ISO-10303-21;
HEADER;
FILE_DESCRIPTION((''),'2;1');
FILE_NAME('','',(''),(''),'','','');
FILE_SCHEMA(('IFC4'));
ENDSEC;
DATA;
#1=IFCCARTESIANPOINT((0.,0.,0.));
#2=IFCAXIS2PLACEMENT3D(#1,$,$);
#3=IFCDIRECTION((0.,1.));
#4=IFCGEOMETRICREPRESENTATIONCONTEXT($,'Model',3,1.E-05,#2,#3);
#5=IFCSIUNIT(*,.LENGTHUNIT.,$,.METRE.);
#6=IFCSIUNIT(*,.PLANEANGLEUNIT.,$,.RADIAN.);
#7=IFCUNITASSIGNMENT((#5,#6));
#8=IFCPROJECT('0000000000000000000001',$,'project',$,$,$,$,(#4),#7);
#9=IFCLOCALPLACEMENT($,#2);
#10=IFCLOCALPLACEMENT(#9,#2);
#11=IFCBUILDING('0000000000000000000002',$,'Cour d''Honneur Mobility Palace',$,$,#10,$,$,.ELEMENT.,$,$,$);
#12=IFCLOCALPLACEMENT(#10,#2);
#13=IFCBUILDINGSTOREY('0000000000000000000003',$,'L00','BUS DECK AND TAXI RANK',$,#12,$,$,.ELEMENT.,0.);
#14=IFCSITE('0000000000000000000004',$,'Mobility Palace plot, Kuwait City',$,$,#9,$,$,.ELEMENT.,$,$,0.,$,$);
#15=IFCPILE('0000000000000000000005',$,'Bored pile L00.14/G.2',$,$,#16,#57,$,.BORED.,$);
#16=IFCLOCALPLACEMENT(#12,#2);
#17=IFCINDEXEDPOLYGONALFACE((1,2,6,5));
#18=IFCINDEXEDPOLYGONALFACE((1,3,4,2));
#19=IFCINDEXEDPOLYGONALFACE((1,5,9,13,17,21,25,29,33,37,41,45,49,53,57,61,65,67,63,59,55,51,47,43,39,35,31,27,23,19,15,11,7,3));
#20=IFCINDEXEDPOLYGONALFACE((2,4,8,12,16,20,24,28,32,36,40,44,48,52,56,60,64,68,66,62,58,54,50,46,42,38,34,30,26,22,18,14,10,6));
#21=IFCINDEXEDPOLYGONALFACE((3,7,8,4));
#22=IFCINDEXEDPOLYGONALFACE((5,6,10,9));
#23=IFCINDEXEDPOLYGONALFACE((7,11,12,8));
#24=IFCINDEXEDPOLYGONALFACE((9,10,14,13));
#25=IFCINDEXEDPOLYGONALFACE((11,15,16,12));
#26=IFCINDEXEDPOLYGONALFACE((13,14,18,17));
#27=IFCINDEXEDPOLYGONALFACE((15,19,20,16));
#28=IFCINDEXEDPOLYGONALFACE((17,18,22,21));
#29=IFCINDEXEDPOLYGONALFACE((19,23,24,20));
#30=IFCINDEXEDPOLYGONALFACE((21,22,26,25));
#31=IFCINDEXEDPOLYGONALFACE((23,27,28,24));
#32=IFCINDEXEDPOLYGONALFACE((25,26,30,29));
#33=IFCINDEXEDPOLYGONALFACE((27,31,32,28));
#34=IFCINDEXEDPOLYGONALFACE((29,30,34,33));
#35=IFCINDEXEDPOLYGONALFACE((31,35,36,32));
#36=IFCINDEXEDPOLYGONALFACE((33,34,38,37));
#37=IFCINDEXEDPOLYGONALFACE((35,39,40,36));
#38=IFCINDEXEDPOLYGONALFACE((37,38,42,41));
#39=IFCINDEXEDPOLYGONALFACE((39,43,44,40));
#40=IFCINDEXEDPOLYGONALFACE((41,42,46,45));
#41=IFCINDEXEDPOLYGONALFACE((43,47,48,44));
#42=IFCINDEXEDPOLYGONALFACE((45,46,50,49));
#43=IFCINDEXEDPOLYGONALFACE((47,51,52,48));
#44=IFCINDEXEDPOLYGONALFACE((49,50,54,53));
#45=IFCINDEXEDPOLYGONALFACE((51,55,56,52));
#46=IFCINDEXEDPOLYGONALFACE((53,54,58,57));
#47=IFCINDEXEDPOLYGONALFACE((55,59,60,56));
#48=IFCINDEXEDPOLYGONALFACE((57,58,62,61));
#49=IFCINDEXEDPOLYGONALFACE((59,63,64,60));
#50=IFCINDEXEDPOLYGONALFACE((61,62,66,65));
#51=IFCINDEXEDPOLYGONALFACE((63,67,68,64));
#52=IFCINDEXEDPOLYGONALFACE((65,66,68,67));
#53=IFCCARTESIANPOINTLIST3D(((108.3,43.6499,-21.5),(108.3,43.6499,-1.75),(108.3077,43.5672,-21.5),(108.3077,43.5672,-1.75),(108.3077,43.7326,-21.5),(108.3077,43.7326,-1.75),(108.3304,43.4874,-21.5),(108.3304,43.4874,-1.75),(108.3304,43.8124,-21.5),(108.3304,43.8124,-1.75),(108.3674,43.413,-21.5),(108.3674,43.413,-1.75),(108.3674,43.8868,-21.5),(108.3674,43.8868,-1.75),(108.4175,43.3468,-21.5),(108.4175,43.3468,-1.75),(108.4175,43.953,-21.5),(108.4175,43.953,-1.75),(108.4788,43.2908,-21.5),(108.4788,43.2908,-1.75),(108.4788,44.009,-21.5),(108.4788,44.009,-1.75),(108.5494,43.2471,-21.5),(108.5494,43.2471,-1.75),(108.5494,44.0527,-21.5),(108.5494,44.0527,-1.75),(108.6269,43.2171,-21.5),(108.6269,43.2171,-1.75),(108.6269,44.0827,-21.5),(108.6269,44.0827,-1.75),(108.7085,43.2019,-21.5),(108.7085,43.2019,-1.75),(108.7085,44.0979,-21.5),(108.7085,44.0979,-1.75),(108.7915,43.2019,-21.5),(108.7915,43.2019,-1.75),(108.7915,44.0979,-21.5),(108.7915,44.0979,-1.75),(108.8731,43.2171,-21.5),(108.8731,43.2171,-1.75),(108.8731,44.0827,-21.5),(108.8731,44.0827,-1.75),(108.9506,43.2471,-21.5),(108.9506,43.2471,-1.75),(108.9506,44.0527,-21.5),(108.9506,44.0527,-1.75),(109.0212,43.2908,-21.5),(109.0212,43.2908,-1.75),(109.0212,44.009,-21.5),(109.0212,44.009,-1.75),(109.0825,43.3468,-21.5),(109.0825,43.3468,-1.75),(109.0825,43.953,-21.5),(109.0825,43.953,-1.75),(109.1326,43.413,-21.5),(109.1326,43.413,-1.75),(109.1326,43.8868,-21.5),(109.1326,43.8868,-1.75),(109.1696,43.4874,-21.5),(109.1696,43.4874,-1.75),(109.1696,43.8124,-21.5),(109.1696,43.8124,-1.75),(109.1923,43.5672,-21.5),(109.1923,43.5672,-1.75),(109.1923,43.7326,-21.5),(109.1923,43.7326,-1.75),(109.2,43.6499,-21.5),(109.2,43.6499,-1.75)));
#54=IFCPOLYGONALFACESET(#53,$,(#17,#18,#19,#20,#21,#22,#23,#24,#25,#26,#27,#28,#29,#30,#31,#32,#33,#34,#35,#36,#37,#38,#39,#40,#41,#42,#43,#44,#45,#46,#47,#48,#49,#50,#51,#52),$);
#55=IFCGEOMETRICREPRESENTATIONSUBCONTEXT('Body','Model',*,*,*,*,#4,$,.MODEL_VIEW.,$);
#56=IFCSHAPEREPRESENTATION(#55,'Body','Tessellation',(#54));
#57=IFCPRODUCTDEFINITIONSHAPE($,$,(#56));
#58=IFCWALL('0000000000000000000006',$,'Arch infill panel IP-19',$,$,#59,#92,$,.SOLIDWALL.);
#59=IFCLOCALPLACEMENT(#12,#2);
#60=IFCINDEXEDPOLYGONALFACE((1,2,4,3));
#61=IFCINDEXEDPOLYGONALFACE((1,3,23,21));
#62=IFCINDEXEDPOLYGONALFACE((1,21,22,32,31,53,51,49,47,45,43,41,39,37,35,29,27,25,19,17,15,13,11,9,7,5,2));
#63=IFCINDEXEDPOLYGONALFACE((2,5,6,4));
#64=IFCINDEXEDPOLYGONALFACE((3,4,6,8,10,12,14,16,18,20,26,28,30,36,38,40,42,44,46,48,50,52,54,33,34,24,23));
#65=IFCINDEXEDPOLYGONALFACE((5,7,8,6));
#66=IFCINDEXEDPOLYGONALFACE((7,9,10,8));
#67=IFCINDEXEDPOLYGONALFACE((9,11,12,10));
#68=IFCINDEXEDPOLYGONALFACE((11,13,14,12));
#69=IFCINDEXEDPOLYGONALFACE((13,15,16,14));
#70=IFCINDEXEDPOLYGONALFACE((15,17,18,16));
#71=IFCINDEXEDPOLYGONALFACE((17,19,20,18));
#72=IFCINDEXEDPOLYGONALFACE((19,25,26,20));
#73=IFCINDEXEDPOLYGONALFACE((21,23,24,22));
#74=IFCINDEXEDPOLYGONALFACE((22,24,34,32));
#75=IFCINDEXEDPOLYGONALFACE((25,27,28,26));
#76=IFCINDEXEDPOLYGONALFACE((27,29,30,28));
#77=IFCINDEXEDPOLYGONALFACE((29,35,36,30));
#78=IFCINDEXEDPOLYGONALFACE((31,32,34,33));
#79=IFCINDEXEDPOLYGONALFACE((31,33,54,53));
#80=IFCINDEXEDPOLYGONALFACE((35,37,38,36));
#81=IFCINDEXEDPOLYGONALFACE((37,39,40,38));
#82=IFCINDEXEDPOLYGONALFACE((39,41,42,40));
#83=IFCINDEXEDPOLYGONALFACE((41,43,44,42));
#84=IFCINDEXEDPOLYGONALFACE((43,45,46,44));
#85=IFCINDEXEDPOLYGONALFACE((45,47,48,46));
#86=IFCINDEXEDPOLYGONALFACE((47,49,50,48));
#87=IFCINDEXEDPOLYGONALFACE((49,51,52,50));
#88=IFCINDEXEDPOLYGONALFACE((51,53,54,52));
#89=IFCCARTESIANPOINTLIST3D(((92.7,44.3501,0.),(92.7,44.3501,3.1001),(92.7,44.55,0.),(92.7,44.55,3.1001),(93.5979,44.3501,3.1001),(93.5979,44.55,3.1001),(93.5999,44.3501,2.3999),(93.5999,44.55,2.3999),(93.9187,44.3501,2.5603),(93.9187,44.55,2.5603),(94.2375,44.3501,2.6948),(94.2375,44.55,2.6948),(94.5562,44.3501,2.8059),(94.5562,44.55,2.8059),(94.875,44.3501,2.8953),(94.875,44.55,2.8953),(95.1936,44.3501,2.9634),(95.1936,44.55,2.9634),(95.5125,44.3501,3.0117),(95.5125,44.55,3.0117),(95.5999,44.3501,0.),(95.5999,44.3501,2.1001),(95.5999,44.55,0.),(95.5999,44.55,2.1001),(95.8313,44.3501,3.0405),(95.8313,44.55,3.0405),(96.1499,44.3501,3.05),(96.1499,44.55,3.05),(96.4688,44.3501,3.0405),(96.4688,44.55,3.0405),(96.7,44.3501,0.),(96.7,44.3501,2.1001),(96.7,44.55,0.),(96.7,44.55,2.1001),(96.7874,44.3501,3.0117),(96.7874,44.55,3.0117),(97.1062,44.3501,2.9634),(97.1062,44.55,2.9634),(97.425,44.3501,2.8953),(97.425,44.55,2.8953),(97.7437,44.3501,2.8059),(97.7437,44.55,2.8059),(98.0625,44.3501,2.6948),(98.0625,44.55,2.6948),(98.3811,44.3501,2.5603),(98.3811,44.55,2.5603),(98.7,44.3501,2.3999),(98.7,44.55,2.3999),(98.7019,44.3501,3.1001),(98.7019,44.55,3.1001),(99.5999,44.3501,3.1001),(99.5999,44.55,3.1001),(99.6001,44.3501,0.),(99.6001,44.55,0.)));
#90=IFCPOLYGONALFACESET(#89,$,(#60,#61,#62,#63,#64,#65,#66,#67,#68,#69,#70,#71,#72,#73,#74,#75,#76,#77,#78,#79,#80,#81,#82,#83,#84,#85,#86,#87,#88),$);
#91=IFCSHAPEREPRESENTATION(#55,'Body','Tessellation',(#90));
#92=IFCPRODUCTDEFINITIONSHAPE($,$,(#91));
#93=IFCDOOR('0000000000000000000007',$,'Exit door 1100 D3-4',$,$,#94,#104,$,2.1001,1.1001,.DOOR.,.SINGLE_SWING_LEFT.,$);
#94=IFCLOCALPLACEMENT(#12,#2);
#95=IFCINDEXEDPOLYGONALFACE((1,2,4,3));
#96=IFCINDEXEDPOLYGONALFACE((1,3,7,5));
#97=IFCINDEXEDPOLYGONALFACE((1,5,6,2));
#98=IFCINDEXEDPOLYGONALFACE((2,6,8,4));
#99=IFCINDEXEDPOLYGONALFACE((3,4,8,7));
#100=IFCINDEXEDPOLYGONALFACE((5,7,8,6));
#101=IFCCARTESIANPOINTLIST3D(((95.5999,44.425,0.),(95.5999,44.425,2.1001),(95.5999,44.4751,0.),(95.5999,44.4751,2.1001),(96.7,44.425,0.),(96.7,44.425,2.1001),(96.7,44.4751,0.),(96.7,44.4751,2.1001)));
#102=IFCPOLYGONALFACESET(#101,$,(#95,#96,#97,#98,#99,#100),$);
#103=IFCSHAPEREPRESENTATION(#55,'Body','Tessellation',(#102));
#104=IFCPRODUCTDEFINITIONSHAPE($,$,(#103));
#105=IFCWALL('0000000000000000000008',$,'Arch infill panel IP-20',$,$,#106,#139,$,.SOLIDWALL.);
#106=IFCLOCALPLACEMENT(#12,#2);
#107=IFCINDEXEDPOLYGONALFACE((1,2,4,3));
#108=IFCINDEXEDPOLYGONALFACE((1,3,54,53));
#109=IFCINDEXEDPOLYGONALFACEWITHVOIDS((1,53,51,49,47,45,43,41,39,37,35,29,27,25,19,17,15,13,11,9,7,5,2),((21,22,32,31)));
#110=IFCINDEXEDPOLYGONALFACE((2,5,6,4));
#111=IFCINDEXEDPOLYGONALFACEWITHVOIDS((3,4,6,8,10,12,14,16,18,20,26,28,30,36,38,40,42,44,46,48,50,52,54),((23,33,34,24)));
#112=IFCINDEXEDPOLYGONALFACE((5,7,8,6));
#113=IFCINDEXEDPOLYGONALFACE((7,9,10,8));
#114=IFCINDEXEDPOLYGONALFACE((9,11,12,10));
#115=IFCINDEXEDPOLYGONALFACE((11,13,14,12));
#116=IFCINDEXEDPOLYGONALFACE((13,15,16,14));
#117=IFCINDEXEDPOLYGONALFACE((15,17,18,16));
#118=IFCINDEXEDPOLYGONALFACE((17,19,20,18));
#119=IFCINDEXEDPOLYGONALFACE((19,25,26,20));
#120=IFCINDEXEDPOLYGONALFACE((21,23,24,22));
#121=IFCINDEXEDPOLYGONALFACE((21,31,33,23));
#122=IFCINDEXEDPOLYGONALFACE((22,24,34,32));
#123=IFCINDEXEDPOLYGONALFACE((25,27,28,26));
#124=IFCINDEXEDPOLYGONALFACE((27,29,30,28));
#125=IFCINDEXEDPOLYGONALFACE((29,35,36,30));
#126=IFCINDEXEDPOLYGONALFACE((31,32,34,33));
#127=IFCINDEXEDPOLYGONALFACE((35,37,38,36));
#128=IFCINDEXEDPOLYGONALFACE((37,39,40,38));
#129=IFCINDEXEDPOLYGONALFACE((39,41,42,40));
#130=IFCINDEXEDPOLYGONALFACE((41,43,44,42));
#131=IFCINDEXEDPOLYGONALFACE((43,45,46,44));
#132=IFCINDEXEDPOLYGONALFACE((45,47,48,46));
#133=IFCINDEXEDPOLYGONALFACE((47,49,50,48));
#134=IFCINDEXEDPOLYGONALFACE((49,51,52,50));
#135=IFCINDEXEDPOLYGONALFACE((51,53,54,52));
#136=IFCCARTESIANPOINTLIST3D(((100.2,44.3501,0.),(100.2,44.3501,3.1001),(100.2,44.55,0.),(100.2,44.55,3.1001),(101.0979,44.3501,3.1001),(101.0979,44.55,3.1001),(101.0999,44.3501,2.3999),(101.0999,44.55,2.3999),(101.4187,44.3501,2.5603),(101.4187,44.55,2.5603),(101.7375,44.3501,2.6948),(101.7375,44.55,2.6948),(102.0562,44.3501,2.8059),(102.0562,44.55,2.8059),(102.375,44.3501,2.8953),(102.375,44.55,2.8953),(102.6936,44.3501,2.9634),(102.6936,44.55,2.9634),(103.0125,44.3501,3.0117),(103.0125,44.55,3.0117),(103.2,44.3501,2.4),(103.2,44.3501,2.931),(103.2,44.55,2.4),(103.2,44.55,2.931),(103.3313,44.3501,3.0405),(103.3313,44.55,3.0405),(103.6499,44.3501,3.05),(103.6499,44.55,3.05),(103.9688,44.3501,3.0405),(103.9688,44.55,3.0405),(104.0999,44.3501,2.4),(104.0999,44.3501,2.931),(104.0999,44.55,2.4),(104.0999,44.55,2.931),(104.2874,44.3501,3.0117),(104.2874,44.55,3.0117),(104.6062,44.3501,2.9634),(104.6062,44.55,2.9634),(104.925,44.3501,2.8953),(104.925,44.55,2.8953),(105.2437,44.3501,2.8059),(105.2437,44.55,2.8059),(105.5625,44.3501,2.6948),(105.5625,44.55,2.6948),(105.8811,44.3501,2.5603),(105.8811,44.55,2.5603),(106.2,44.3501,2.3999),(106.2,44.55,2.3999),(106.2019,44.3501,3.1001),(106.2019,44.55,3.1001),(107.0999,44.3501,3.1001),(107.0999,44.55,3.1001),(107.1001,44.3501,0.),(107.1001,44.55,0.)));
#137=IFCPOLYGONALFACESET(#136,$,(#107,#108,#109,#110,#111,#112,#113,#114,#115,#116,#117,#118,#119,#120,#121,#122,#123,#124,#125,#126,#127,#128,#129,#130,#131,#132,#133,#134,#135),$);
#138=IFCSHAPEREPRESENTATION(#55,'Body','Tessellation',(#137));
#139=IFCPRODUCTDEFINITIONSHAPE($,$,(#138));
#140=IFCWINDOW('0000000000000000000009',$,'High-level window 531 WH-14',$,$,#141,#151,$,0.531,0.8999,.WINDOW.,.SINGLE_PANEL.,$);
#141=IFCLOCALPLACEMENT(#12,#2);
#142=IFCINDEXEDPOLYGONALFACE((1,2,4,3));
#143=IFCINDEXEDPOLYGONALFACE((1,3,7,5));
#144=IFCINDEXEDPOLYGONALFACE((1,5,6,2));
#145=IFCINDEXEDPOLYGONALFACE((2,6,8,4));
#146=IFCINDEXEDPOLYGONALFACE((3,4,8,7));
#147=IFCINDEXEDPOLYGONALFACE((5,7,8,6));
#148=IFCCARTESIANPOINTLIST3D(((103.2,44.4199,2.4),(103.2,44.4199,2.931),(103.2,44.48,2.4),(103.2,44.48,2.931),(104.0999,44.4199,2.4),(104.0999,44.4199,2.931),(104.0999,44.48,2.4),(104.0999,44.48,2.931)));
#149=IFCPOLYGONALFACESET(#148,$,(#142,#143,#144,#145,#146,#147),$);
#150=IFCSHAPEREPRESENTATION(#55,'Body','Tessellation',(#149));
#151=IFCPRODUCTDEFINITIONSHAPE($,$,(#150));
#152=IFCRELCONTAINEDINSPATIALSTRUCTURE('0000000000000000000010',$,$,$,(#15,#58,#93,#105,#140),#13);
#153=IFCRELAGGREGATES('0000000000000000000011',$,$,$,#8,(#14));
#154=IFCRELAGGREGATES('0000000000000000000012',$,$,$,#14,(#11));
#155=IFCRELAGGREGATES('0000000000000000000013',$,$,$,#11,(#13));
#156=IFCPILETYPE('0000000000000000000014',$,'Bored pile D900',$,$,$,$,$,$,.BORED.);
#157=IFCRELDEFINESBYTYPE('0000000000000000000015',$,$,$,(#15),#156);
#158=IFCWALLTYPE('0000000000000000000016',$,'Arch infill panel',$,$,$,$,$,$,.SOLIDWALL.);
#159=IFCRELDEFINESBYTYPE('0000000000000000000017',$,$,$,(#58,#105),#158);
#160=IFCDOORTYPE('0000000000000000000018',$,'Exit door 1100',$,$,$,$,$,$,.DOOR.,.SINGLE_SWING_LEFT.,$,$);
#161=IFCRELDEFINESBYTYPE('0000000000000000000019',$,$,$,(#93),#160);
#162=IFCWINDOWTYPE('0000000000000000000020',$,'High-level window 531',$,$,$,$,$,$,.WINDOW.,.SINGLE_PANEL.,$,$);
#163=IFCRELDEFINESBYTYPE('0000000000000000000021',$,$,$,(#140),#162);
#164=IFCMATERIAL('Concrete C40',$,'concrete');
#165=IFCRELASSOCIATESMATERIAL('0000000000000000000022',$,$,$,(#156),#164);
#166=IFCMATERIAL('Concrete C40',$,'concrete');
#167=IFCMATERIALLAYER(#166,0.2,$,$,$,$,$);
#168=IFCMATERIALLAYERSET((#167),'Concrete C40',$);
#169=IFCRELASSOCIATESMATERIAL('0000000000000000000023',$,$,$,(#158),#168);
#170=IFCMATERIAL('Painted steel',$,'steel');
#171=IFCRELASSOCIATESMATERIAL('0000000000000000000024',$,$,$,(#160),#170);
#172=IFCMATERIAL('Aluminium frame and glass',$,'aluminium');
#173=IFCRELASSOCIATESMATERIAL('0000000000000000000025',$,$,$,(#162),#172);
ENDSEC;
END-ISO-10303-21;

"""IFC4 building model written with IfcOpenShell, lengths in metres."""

from ifc_helpers import new_model, si_unit, direction, frame, frame_2d, origin, origin_2d, place, context, subcontext, project, spatial, polyline, rectangle, circle, outline, extrude, material, layer, layer_set, material_profile, profile_set, type_object, element, fill, save


model = new_model("IFC4")

# Units and contexts
model_context = context("Model", 3, precision=1e-05, world=origin(), true_north=direction((0.0, 1.0)))
body_context = subcontext(model_context, "Body", "Model", "MODEL_VIEW")
ifc_project = project(units=[si_unit("LENGTHUNIT", "METRE"), si_unit("PLANEANGLEUNIT", "RADIAN")], contexts=[model_context])

# Site, building, storey
site_placement = place(None, origin())
site = spatial("IfcSite", under=ifc_project, at=site_placement, Name="Mobility Palace plot, Kuwait City", CompositionType="ELEMENT", RefElevation=0.0)
building_placement = place(site_placement, origin())
building = spatial("IfcBuilding", under=site, at=building_placement, Name="Cour d'Honneur Mobility Palace", CompositionType="ELEMENT")
storey_placement = place(building_placement, origin())
storey = spatial("IfcBuildingStorey", under=building, at=storey_placement, Name="L00", Description="BUS DECK AND TAXI RANK", CompositionType="ELEMENT", Elevation=0.0)

# Pile
ifc_material_1 = material(Name="Concrete C40", Category="concrete")
ifc_material_profile = material_profile(ifc_material_1, circle(Radius=0.45, at=origin_2d()), Name="Bored pile D900")
ifc_profile_set = profile_set([ifc_material_profile], Name="Concrete C40")
pile_type = type_object("IfcPileType", Name="Bored pile D900", PredefinedType="BORED", material=ifc_profile_set)
for number, where, z_axis, x_axis, name in (
    (1, (108.75, 43.6499, -1.75), (0.0, 0.0, -1.0), (1.0, 0.0, 0.0), "Bored pile L00.14/G.2"),
):
    element("IfcPile", number, at=place(storey_placement, frame(where, z_axis=z_axis, x_axis=x_axis)), inside=storey, type_object=pile_type, Name=name, PredefinedType="BORED", context=body_context, shape_type="SweptSolid", body=[
        extrude(circle(Radius=0.45, at=origin_2d()), origin(), (0.0, 0.0, 1.0), 19.75),
    ])

# Wall, opening, door
ifc_material_2 = material(Name="Concrete C40", Category="concrete")
ifc_layer_1 = layer(ifc_material_2, 0.2)
ifc_layer_set_1 = layer_set([ifc_layer_1], Name="Concrete C40")
wall_type_1 = type_object("IfcWallType", Name="Arch infill panel", PredefinedType="SOLIDWALL", material=ifc_layer_set_1)
wall_1_placement = place(storey_placement, frame((92.7, 44.45, 0.0), z_axis=(0.0, 0.0, 1.0), x_axis=(1.0, 0.0, 0.0)))
wall_1 = element("IfcWall", 2, at=wall_1_placement, inside=storey, type_object=wall_type_1, Name="Arch infill panel IP-19", PredefinedType="SOLIDWALL", context=body_context, shape_type="SweptSolid", body=[
    extrude(outline(polyline([(0.0, 0.0), (6.9001, 0.0), (6.8999, 3.1001), (6.002, 3.1001), (6.0, 2.3999), (5.6812, 2.5603), (5.3625, 2.6948), (5.0437, 2.8059), (4.7251, 2.8953), (4.4062, 2.9634), (4.0874, 3.0117), (3.7688, 3.0405), (3.45, 3.05), (3.1313, 3.0405), (2.8125, 3.0117), (2.4937, 2.9634), (2.175, 2.8953), (1.8562, 2.8059), (1.5376, 2.6948), (1.2188, 2.5603), (0.8999, 2.3999), (0.8979, 3.1001), (0.0, 3.1001), (0.0, 0.0)])), frame((0.0, 0.1001, 0.0), z_axis=(0.0, -1.0, 0.0), x_axis=(1.0, 0.0, 0.0)), (0.0, 0.0, 1.0), 0.2),
])
opening_1_placement = place(wall_1_placement, frame((2.8999, 0.0, 0.0)))
opening_1 = element("IfcOpeningElement", 3, at=opening_1_placement, cuts=wall_1, PredefinedType="OPENING", context=body_context, shape_type="SweptSolid", body=[
    extrude(rectangle(XDim=1.1001, YDim=2.1001, at=frame_2d((0.55, 1.05))), frame((0.0, 0.1099, 0.0), z_axis=(0.0, -1.0, 0.0), x_axis=(1.0, 0.0, 0.0)), (0.0, 0.0, 1.0), 0.22),
])
ifc_material_3 = material(Name="Painted steel", Category="steel")
door_type = type_object("IfcDoorType", Name="Exit door 1100", OperationType="SINGLE_SWING_LEFT", PredefinedType="DOOR", material=ifc_material_3)
door_placement = place(opening_1_placement, frame((1.1001, 0.0, 0.0), z_axis=(0.0, 0.0, 1.0), x_axis=(-1.0, 0.0, 0.0)))
door = element("IfcDoor", 4, at=door_placement, inside=storey, type_object=door_type, Name="Exit door 1100 D3-4", OperationType="SINGLE_SWING_LEFT", OverallHeight=2.1001, OverallWidth=1.1001, PredefinedType="DOOR", context=body_context, shape_type="SweptSolid", body=[
    extrude(rectangle(XDim=1.1001, YDim=2.1001, at=frame_2d((0.55, 1.05))), frame((0.0, 0.0249, 0.0), z_axis=(0.0, -1.0, 0.0), x_axis=(1.0, 0.0, 0.0)), (0.0, 0.0, 1.0), 0.05),
])
fill(opening_1, door)

# Wall, opening, window
wall_2_placement = place(storey_placement, frame((100.2, 44.45, 0.0), z_axis=(0.0, 0.0, 1.0), x_axis=(1.0, 0.0, 0.0)))
wall_2 = element("IfcWall", 5, at=wall_2_placement, inside=storey, type_object=wall_type_1, Name="Arch infill panel IP-20", PredefinedType="SOLIDWALL", context=body_context, shape_type="SweptSolid", body=[
    extrude(outline(polyline([(0.0, 0.0), (6.9001, 0.0), (6.8999, 3.1001), (6.002, 3.1001), (6.0, 2.3999), (5.6812, 2.5603), (5.3625, 2.6948), (5.0437, 2.8059), (4.7251, 2.8953), (4.4062, 2.9634), (4.0874, 3.0117), (3.7688, 3.0405), (3.45, 3.05), (3.1313, 3.0405), (2.8125, 3.0117), (2.4937, 2.9634), (2.175, 2.8953), (1.8562, 2.8059), (1.5376, 2.6948), (1.2188, 2.5603), (0.8999, 2.3999), (0.8979, 3.1001), (0.0, 3.1001), (0.0, 0.0)])), frame((0.0, 0.1001, 0.0), z_axis=(0.0, -1.0, 0.0), x_axis=(1.0, 0.0, 0.0)), (0.0, 0.0, 1.0), 0.2),
])
opening_2_placement = place(wall_2_placement, frame((3.0, 0.0, 2.3999)))
opening_2 = element("IfcOpeningElement", 6, at=opening_2_placement, cuts=wall_2, PredefinedType="OPENING", context=body_context, shape_type="SweptSolid", body=[
    extrude(rectangle(XDim=0.8999, YDim=0.531, at=frame_2d((0.45, 0.2656))), frame((0.0, 0.1099, 0.0), z_axis=(0.0, -1.0, 0.0), x_axis=(1.0, 0.0, 0.0)), (0.0, 0.0, 1.0), 0.22),
])
ifc_material_4 = material(Name="Aluminium frame and glass", Category="aluminium")
window_type = type_object("IfcWindowType", Name="High-level window 531", PartitioningType="SINGLE_PANEL", PredefinedType="WINDOW", material=ifc_material_4)
window_1_placement = place(opening_2_placement, origin())
window_1 = element("IfcWindow", 7, at=window_1_placement, inside=storey, type_object=window_type, Name="High-level window 531 WH-14", OverallHeight=0.531, OverallWidth=0.8999, PartitioningType="SINGLE_PANEL", PredefinedType="WINDOW", context=body_context, shape_type="SweptSolid", body=[
    extrude(rectangle(XDim=0.8999, YDim=0.531, at=frame_2d((0.45, 0.2656))), frame((0.0, 0.03, 0.0), z_axis=(0.0, -1.0, 0.0), x_axis=(1.0, 0.0, 0.0)), (0.0, 0.0, 1.0), 0.0601),
])
fill(opening_2, window_1)

save(model, "model.ifc")
